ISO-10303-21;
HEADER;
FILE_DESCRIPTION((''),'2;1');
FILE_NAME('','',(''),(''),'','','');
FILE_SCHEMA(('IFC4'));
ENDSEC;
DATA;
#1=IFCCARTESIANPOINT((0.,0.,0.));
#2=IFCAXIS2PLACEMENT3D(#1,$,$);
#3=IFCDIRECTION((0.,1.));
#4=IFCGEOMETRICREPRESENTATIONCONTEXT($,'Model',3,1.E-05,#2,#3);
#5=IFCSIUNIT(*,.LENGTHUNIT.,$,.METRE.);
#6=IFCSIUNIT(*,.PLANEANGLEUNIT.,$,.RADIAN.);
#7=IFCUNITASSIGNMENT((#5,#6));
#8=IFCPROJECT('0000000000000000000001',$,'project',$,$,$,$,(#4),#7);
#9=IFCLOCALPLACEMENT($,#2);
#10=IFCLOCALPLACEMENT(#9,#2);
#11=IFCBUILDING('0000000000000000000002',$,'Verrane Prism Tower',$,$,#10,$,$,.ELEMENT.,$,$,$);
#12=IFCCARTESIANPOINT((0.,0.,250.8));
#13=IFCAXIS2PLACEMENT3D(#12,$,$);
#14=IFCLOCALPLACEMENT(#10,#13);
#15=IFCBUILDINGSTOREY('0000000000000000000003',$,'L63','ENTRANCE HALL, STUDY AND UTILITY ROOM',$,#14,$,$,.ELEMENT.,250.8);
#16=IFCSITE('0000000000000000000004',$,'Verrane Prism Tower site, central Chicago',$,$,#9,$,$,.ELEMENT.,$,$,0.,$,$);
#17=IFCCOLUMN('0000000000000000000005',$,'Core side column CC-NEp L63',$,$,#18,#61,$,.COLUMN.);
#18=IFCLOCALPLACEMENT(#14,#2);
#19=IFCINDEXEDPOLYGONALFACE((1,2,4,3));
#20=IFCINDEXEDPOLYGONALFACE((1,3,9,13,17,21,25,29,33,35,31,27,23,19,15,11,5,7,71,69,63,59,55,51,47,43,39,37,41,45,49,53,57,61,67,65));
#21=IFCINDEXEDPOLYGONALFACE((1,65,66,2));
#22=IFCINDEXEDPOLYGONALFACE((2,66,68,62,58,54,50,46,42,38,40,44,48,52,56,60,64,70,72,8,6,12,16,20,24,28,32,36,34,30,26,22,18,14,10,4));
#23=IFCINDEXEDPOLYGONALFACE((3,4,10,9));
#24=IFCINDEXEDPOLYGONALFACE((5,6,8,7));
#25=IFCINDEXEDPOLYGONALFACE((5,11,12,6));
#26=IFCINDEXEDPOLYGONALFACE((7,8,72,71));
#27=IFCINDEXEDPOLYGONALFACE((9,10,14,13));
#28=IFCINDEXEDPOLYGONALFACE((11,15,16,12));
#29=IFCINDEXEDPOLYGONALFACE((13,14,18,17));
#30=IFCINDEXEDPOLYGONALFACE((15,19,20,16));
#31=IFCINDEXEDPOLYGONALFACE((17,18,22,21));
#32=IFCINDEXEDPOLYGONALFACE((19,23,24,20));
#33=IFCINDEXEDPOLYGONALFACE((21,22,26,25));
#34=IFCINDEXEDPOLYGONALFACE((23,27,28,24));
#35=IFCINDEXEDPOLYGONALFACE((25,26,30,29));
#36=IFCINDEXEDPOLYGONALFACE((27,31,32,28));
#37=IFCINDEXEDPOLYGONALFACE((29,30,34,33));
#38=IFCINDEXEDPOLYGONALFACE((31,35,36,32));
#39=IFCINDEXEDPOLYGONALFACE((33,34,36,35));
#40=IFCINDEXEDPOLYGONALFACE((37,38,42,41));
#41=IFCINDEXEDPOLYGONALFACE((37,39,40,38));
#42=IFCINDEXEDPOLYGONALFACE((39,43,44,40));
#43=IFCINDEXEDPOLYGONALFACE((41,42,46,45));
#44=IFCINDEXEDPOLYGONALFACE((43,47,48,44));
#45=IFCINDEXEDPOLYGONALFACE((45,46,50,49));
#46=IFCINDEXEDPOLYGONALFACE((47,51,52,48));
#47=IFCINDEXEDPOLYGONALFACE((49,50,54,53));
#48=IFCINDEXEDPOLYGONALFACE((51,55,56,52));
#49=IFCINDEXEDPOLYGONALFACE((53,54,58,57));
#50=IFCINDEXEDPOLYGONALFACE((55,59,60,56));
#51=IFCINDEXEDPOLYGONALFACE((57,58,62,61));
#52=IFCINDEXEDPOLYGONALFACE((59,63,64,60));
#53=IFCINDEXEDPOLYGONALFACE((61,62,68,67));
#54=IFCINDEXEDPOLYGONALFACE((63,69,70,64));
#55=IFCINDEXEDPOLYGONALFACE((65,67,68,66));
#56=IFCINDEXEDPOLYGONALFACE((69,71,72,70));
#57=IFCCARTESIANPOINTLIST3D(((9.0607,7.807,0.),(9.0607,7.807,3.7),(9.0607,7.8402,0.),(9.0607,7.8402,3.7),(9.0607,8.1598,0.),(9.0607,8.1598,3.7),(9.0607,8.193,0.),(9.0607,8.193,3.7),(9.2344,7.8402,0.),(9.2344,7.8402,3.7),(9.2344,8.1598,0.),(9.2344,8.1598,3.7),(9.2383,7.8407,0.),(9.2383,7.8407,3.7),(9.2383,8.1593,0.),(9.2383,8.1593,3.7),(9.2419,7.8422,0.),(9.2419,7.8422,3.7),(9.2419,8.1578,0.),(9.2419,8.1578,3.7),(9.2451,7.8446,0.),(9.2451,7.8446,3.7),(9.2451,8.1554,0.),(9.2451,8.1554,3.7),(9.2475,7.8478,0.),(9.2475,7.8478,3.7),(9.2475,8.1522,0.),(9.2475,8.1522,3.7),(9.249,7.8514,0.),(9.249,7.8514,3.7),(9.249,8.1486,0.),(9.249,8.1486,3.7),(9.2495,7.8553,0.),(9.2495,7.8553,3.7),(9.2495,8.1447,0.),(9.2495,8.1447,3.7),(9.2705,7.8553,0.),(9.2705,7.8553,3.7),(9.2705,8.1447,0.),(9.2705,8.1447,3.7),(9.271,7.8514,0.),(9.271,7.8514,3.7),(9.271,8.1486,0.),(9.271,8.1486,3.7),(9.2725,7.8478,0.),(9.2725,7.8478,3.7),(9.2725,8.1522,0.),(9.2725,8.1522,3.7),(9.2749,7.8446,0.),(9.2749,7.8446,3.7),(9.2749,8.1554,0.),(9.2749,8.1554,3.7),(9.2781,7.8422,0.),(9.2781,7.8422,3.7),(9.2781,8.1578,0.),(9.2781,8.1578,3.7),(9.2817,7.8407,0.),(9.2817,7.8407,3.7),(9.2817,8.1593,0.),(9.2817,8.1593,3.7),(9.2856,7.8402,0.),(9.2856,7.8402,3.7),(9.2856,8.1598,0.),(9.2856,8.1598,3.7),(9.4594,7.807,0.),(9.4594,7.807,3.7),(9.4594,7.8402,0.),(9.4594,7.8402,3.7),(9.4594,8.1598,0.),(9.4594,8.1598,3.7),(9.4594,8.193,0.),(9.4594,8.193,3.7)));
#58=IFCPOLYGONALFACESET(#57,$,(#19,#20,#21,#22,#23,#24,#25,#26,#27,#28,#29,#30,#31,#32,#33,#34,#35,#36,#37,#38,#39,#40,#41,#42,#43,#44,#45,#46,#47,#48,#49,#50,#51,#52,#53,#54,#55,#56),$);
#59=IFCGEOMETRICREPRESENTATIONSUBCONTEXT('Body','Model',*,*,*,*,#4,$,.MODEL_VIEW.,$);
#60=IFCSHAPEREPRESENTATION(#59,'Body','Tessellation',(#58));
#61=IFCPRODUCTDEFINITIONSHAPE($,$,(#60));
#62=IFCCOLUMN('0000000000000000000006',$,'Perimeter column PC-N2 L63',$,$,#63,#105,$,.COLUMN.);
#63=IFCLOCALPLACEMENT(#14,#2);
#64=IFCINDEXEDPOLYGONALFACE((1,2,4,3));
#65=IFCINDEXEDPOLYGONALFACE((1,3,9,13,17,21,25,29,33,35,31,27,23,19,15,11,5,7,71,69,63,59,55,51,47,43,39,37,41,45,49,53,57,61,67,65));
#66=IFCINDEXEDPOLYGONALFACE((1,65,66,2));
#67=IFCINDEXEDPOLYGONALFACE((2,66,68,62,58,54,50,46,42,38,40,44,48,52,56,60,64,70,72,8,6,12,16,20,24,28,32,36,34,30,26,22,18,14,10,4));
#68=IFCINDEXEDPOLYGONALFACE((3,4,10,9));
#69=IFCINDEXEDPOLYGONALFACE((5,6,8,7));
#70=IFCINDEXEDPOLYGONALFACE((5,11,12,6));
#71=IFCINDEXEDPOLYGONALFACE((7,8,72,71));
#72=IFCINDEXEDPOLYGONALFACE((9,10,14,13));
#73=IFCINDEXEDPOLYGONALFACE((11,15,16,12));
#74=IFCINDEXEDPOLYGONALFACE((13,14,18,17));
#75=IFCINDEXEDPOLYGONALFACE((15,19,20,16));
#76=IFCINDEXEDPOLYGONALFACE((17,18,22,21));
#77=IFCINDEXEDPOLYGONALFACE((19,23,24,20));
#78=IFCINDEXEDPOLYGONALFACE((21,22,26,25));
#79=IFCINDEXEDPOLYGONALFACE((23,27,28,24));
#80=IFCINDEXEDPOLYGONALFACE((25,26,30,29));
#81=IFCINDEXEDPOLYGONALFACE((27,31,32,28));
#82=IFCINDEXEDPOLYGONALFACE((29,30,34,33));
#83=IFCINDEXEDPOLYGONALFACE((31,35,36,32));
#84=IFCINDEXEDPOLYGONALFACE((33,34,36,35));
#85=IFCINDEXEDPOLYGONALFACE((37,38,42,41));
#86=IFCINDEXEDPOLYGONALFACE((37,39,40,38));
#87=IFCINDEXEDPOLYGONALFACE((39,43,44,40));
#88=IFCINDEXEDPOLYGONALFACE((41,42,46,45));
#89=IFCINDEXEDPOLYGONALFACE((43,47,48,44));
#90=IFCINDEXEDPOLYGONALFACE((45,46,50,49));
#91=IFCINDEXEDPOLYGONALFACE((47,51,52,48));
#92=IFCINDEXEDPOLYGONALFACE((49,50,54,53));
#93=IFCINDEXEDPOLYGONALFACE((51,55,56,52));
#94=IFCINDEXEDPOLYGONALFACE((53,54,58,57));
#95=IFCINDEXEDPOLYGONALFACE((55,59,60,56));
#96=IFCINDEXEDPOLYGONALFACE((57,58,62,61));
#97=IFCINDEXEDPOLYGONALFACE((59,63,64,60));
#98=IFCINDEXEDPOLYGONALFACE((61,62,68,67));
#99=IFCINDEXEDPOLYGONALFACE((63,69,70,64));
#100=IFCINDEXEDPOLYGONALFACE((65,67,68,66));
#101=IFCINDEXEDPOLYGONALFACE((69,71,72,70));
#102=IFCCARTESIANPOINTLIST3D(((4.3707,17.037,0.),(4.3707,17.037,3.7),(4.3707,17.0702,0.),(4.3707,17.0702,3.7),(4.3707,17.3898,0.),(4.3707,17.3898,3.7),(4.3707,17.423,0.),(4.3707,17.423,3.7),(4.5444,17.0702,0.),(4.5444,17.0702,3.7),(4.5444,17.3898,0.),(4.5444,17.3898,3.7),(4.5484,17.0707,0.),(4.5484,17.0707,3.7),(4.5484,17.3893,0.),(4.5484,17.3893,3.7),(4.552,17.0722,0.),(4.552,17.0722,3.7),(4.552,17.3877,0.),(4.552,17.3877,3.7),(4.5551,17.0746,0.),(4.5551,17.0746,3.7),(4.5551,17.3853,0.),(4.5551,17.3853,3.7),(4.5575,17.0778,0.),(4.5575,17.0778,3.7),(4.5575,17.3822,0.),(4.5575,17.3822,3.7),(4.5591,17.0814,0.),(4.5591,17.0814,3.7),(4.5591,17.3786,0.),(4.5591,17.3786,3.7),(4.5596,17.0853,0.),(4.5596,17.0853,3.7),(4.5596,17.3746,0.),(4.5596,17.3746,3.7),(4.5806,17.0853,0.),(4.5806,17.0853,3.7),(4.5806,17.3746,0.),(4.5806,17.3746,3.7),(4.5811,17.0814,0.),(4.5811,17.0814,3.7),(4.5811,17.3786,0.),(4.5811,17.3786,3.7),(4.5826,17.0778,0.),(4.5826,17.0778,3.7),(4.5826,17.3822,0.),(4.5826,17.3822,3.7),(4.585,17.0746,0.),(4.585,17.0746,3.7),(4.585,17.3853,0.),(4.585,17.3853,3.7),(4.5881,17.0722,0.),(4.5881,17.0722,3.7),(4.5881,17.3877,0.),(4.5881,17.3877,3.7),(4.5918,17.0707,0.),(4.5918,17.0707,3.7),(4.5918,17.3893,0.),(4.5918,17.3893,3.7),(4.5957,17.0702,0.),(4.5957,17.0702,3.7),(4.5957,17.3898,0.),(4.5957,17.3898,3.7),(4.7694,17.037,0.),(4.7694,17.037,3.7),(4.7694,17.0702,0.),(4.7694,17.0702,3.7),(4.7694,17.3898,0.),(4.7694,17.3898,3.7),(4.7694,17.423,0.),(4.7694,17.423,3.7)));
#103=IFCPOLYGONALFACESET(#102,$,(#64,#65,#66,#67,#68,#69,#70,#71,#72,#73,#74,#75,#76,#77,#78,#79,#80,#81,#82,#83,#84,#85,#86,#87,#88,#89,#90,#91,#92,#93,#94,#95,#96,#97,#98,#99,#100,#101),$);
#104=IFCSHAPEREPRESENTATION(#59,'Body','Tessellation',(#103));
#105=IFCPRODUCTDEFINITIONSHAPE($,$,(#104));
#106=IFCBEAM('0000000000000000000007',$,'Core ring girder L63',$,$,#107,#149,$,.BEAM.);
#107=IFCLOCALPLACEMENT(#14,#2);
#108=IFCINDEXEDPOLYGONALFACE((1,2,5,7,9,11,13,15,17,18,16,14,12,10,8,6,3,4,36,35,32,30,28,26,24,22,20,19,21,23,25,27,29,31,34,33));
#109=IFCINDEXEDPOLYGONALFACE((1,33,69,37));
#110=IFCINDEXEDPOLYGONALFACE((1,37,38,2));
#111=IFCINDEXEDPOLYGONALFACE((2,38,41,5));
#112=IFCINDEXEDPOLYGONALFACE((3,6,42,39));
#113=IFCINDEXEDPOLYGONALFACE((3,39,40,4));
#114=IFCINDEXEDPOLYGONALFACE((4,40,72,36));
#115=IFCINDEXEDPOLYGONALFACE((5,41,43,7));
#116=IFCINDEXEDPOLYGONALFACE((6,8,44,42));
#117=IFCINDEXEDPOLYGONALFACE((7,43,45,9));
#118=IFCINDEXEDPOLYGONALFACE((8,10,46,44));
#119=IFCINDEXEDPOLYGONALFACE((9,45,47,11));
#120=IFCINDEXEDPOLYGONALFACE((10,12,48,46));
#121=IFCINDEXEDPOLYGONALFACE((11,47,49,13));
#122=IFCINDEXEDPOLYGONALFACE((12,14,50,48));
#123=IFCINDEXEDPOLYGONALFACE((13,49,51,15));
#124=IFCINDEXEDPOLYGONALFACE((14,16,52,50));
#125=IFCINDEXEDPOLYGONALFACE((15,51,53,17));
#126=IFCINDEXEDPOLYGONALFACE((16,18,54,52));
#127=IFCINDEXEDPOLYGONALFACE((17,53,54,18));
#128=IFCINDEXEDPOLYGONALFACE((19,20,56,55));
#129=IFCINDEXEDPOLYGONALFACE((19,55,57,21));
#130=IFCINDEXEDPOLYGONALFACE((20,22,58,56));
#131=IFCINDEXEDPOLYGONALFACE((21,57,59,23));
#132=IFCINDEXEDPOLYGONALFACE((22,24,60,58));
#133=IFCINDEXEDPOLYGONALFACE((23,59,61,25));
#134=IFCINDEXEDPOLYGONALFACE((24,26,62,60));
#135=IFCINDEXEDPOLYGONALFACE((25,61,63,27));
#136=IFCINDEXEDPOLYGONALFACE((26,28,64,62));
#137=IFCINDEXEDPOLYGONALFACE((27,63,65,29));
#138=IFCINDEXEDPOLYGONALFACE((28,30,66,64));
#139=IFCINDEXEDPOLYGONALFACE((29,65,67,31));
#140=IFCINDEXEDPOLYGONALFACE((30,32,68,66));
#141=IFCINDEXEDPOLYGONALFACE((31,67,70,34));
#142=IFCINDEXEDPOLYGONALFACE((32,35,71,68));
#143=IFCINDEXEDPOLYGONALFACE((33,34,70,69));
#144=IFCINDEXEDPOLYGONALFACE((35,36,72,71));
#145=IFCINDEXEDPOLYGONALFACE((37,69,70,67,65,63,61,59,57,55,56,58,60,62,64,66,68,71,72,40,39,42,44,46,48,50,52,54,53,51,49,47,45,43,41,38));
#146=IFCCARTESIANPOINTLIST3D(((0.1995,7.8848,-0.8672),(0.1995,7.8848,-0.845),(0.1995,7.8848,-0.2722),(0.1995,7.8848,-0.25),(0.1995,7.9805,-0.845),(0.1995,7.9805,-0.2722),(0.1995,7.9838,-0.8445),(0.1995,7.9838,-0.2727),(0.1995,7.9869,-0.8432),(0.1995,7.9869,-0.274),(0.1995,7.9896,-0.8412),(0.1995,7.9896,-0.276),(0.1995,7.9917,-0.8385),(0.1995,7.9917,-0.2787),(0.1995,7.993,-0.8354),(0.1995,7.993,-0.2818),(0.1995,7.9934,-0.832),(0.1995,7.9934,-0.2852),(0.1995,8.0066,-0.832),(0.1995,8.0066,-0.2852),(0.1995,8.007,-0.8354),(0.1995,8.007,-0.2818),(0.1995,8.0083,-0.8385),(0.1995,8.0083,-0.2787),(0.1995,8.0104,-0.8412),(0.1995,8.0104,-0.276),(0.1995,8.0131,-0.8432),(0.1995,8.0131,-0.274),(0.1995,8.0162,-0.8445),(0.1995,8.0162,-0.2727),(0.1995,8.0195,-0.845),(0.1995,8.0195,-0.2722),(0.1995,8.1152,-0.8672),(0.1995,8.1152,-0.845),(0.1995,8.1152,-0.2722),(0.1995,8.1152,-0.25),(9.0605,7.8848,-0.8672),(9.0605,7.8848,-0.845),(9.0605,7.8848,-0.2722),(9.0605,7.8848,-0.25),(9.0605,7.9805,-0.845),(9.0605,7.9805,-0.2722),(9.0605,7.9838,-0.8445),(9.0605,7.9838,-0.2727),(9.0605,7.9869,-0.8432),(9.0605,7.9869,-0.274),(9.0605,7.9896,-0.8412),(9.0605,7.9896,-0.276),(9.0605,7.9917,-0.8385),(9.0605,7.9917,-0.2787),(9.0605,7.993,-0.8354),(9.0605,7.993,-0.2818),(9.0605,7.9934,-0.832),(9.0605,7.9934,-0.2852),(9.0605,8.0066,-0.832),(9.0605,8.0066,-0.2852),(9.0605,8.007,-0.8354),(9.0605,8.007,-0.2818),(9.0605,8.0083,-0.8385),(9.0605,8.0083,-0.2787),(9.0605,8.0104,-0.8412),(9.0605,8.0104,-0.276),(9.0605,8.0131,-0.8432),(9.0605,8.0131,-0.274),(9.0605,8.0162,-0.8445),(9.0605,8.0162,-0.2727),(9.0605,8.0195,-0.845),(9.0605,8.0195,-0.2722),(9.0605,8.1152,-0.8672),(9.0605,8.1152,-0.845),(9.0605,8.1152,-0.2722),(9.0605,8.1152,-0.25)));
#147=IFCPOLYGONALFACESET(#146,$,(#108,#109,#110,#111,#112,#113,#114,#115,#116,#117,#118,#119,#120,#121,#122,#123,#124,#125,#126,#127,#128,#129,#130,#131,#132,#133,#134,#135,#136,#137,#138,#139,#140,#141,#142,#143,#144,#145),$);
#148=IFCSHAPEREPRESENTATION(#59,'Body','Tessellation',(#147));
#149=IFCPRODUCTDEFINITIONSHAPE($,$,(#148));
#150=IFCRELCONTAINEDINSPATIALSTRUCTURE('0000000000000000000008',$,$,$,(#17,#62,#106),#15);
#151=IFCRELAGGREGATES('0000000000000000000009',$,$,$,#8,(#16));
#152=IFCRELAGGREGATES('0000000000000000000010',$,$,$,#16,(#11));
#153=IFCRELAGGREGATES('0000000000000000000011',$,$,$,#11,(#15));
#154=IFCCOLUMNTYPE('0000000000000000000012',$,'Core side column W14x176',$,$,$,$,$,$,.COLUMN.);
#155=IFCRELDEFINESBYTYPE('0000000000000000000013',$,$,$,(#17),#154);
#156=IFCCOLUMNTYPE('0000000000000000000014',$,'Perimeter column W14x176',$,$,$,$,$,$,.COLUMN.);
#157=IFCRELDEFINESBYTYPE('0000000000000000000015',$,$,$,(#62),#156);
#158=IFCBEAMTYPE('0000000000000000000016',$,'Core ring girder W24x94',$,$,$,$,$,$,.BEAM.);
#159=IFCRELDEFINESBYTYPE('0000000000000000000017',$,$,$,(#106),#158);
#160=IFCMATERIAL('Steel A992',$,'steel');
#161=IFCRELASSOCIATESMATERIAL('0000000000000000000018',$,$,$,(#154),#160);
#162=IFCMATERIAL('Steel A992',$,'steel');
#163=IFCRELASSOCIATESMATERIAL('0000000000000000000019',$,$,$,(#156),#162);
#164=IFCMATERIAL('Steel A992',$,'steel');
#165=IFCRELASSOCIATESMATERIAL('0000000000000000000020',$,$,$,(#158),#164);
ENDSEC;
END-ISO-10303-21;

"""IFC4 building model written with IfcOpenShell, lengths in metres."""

from ifc_helpers import new_model, si_unit, direction, frame, origin, origin_2d, place, context, subcontext, project, spatial, i_section, extrude, material, material_profile, profile_set, type_object, element, save


model = new_model("IFC4")

# Units and contexts
model_context = context("Model", 3, precision=1e-05, world=origin(), true_north=direction((0.0, 1.0)))
body_context = subcontext(model_context, "Body", "Model", "MODEL_VIEW")
ifc_project = project(units=[si_unit("LENGTHUNIT", "METRE"), si_unit("PLANEANGLEUNIT", "RADIAN")], contexts=[model_context])

# Site, building, storey
site_placement = place(None, origin())
site = spatial("IfcSite", under=ifc_project, at=site_placement, Name="Verrane Prism Tower site, central Chicago", CompositionType="ELEMENT", RefElevation=0.0)
building_placement = place(site_placement, origin())
building = spatial("IfcBuilding", under=site, at=building_placement, Name="Verrane Prism Tower", CompositionType="ELEMENT")
storey_placement = place(building_placement, frame((0.0, 0.0, 250.8)))
storey = spatial("IfcBuildingStorey", under=building, at=storey_placement, Name="L63", Description="ENTRANCE HALL, STUDY AND UTILITY ROOM", CompositionType="ELEMENT", Elevation=250.8)

# Columns
ifc_material_1 = material(Name="Steel A992", Category="steel")
ifc_material_profile_1 = material_profile(ifc_material_1, i_section(OverallWidth=0.3987, OverallDepth=0.386, WebThickness=0.021, FlangeThickness=0.0332, FilletRadius=0.0151, at=origin_2d()), Name="W14x176")
ifc_profile_set_1 = profile_set([ifc_material_profile_1], Name="Steel A992")
column_type_1 = type_object("IfcColumnType", Name="Core side column W14x176", PredefinedType="COLUMN", material=ifc_profile_set_1)
column_1_placement = place(storey_placement, frame((9.26, 8.0, 0.0), z_axis=(0.0, 0.0, 1.0), x_axis=(1.0, 0.0, 0.0)))
element("IfcColumn", 1, at=column_1_placement, inside=storey, type_object=column_type_1, Name="Core side column CC-NEp L63", PredefinedType="COLUMN", context=body_context, shape_type="SweptSolid", body=[
    extrude(i_section(OverallWidth=0.3987, OverallDepth=0.386, WebThickness=0.021, FlangeThickness=0.0332, FilletRadius=0.0151, at=origin_2d()), origin(), (0.0, 0.0, 1.0), 3.7),
])
ifc_material_2 = material(Name="Steel A992", Category="steel")
ifc_material_profile_2 = material_profile(ifc_material_2, i_section(OverallWidth=0.3987, OverallDepth=0.386, WebThickness=0.021, FlangeThickness=0.0332, FilletRadius=0.0151, at=origin_2d()), Name="W14x176")
ifc_profile_set_2 = profile_set([ifc_material_profile_2], Name="Steel A992")
column_type_2 = type_object("IfcColumnType", Name="Perimeter column W14x176", PredefinedType="COLUMN", material=ifc_profile_set_2)
column_2_placement = place(storey_placement, frame((4.5701, 17.23, 0.0), z_axis=(0.0, 0.0, 1.0), x_axis=(1.0, 0.0, 0.0)))
element("IfcColumn", 2, at=column_2_placement, inside=storey, type_object=column_type_2, Name="Perimeter column PC-N2 L63", PredefinedType="COLUMN", context=body_context, shape_type="SweptSolid", body=[
    extrude(i_section(OverallWidth=0.3987, OverallDepth=0.386, WebThickness=0.021, FlangeThickness=0.0332, FilletRadius=0.0151, at=origin_2d()), origin(), (0.0, 0.0, 1.0), 3.7),
])

# Beam
ifc_material_3 = material(Name="Steel A992", Category="steel")
ifc_material_profile_3 = material_profile(ifc_material_3, i_section(OverallWidth=0.2305, OverallDepth=0.6172, WebThickness=0.0132, FlangeThickness=0.0222, FilletRadius=0.0129, at=origin_2d()), Name="W24x94")
ifc_profile_set_3 = profile_set([ifc_material_profile_3], Name="Steel A992")
beam_type_1 = type_object("IfcBeamType", Name="Core ring girder W24x94", PredefinedType="BEAM", material=ifc_profile_set_3)
beam_1_placement = place(storey_placement, frame((9.0605, 8.0, -0.5586), z_axis=(-1.0, 0.0, 0.0), x_axis=(0.0, -1.0, 0.0)))
element("IfcBeam", 3, at=beam_1_placement, inside=storey, type_object=beam_type_1, Name="Core ring girder L63", PredefinedType="BEAM", context=body_context, shape_type="SweptSolid", body=[
    extrude(i_section(OverallWidth=0.2305, OverallDepth=0.6172, WebThickness=0.0132, FlangeThickness=0.0222, FilletRadius=0.0129, at=origin_2d()), origin(), (0.0, 0.0, 1.0), 8.8611),
])

save(model, "model.ifc")
